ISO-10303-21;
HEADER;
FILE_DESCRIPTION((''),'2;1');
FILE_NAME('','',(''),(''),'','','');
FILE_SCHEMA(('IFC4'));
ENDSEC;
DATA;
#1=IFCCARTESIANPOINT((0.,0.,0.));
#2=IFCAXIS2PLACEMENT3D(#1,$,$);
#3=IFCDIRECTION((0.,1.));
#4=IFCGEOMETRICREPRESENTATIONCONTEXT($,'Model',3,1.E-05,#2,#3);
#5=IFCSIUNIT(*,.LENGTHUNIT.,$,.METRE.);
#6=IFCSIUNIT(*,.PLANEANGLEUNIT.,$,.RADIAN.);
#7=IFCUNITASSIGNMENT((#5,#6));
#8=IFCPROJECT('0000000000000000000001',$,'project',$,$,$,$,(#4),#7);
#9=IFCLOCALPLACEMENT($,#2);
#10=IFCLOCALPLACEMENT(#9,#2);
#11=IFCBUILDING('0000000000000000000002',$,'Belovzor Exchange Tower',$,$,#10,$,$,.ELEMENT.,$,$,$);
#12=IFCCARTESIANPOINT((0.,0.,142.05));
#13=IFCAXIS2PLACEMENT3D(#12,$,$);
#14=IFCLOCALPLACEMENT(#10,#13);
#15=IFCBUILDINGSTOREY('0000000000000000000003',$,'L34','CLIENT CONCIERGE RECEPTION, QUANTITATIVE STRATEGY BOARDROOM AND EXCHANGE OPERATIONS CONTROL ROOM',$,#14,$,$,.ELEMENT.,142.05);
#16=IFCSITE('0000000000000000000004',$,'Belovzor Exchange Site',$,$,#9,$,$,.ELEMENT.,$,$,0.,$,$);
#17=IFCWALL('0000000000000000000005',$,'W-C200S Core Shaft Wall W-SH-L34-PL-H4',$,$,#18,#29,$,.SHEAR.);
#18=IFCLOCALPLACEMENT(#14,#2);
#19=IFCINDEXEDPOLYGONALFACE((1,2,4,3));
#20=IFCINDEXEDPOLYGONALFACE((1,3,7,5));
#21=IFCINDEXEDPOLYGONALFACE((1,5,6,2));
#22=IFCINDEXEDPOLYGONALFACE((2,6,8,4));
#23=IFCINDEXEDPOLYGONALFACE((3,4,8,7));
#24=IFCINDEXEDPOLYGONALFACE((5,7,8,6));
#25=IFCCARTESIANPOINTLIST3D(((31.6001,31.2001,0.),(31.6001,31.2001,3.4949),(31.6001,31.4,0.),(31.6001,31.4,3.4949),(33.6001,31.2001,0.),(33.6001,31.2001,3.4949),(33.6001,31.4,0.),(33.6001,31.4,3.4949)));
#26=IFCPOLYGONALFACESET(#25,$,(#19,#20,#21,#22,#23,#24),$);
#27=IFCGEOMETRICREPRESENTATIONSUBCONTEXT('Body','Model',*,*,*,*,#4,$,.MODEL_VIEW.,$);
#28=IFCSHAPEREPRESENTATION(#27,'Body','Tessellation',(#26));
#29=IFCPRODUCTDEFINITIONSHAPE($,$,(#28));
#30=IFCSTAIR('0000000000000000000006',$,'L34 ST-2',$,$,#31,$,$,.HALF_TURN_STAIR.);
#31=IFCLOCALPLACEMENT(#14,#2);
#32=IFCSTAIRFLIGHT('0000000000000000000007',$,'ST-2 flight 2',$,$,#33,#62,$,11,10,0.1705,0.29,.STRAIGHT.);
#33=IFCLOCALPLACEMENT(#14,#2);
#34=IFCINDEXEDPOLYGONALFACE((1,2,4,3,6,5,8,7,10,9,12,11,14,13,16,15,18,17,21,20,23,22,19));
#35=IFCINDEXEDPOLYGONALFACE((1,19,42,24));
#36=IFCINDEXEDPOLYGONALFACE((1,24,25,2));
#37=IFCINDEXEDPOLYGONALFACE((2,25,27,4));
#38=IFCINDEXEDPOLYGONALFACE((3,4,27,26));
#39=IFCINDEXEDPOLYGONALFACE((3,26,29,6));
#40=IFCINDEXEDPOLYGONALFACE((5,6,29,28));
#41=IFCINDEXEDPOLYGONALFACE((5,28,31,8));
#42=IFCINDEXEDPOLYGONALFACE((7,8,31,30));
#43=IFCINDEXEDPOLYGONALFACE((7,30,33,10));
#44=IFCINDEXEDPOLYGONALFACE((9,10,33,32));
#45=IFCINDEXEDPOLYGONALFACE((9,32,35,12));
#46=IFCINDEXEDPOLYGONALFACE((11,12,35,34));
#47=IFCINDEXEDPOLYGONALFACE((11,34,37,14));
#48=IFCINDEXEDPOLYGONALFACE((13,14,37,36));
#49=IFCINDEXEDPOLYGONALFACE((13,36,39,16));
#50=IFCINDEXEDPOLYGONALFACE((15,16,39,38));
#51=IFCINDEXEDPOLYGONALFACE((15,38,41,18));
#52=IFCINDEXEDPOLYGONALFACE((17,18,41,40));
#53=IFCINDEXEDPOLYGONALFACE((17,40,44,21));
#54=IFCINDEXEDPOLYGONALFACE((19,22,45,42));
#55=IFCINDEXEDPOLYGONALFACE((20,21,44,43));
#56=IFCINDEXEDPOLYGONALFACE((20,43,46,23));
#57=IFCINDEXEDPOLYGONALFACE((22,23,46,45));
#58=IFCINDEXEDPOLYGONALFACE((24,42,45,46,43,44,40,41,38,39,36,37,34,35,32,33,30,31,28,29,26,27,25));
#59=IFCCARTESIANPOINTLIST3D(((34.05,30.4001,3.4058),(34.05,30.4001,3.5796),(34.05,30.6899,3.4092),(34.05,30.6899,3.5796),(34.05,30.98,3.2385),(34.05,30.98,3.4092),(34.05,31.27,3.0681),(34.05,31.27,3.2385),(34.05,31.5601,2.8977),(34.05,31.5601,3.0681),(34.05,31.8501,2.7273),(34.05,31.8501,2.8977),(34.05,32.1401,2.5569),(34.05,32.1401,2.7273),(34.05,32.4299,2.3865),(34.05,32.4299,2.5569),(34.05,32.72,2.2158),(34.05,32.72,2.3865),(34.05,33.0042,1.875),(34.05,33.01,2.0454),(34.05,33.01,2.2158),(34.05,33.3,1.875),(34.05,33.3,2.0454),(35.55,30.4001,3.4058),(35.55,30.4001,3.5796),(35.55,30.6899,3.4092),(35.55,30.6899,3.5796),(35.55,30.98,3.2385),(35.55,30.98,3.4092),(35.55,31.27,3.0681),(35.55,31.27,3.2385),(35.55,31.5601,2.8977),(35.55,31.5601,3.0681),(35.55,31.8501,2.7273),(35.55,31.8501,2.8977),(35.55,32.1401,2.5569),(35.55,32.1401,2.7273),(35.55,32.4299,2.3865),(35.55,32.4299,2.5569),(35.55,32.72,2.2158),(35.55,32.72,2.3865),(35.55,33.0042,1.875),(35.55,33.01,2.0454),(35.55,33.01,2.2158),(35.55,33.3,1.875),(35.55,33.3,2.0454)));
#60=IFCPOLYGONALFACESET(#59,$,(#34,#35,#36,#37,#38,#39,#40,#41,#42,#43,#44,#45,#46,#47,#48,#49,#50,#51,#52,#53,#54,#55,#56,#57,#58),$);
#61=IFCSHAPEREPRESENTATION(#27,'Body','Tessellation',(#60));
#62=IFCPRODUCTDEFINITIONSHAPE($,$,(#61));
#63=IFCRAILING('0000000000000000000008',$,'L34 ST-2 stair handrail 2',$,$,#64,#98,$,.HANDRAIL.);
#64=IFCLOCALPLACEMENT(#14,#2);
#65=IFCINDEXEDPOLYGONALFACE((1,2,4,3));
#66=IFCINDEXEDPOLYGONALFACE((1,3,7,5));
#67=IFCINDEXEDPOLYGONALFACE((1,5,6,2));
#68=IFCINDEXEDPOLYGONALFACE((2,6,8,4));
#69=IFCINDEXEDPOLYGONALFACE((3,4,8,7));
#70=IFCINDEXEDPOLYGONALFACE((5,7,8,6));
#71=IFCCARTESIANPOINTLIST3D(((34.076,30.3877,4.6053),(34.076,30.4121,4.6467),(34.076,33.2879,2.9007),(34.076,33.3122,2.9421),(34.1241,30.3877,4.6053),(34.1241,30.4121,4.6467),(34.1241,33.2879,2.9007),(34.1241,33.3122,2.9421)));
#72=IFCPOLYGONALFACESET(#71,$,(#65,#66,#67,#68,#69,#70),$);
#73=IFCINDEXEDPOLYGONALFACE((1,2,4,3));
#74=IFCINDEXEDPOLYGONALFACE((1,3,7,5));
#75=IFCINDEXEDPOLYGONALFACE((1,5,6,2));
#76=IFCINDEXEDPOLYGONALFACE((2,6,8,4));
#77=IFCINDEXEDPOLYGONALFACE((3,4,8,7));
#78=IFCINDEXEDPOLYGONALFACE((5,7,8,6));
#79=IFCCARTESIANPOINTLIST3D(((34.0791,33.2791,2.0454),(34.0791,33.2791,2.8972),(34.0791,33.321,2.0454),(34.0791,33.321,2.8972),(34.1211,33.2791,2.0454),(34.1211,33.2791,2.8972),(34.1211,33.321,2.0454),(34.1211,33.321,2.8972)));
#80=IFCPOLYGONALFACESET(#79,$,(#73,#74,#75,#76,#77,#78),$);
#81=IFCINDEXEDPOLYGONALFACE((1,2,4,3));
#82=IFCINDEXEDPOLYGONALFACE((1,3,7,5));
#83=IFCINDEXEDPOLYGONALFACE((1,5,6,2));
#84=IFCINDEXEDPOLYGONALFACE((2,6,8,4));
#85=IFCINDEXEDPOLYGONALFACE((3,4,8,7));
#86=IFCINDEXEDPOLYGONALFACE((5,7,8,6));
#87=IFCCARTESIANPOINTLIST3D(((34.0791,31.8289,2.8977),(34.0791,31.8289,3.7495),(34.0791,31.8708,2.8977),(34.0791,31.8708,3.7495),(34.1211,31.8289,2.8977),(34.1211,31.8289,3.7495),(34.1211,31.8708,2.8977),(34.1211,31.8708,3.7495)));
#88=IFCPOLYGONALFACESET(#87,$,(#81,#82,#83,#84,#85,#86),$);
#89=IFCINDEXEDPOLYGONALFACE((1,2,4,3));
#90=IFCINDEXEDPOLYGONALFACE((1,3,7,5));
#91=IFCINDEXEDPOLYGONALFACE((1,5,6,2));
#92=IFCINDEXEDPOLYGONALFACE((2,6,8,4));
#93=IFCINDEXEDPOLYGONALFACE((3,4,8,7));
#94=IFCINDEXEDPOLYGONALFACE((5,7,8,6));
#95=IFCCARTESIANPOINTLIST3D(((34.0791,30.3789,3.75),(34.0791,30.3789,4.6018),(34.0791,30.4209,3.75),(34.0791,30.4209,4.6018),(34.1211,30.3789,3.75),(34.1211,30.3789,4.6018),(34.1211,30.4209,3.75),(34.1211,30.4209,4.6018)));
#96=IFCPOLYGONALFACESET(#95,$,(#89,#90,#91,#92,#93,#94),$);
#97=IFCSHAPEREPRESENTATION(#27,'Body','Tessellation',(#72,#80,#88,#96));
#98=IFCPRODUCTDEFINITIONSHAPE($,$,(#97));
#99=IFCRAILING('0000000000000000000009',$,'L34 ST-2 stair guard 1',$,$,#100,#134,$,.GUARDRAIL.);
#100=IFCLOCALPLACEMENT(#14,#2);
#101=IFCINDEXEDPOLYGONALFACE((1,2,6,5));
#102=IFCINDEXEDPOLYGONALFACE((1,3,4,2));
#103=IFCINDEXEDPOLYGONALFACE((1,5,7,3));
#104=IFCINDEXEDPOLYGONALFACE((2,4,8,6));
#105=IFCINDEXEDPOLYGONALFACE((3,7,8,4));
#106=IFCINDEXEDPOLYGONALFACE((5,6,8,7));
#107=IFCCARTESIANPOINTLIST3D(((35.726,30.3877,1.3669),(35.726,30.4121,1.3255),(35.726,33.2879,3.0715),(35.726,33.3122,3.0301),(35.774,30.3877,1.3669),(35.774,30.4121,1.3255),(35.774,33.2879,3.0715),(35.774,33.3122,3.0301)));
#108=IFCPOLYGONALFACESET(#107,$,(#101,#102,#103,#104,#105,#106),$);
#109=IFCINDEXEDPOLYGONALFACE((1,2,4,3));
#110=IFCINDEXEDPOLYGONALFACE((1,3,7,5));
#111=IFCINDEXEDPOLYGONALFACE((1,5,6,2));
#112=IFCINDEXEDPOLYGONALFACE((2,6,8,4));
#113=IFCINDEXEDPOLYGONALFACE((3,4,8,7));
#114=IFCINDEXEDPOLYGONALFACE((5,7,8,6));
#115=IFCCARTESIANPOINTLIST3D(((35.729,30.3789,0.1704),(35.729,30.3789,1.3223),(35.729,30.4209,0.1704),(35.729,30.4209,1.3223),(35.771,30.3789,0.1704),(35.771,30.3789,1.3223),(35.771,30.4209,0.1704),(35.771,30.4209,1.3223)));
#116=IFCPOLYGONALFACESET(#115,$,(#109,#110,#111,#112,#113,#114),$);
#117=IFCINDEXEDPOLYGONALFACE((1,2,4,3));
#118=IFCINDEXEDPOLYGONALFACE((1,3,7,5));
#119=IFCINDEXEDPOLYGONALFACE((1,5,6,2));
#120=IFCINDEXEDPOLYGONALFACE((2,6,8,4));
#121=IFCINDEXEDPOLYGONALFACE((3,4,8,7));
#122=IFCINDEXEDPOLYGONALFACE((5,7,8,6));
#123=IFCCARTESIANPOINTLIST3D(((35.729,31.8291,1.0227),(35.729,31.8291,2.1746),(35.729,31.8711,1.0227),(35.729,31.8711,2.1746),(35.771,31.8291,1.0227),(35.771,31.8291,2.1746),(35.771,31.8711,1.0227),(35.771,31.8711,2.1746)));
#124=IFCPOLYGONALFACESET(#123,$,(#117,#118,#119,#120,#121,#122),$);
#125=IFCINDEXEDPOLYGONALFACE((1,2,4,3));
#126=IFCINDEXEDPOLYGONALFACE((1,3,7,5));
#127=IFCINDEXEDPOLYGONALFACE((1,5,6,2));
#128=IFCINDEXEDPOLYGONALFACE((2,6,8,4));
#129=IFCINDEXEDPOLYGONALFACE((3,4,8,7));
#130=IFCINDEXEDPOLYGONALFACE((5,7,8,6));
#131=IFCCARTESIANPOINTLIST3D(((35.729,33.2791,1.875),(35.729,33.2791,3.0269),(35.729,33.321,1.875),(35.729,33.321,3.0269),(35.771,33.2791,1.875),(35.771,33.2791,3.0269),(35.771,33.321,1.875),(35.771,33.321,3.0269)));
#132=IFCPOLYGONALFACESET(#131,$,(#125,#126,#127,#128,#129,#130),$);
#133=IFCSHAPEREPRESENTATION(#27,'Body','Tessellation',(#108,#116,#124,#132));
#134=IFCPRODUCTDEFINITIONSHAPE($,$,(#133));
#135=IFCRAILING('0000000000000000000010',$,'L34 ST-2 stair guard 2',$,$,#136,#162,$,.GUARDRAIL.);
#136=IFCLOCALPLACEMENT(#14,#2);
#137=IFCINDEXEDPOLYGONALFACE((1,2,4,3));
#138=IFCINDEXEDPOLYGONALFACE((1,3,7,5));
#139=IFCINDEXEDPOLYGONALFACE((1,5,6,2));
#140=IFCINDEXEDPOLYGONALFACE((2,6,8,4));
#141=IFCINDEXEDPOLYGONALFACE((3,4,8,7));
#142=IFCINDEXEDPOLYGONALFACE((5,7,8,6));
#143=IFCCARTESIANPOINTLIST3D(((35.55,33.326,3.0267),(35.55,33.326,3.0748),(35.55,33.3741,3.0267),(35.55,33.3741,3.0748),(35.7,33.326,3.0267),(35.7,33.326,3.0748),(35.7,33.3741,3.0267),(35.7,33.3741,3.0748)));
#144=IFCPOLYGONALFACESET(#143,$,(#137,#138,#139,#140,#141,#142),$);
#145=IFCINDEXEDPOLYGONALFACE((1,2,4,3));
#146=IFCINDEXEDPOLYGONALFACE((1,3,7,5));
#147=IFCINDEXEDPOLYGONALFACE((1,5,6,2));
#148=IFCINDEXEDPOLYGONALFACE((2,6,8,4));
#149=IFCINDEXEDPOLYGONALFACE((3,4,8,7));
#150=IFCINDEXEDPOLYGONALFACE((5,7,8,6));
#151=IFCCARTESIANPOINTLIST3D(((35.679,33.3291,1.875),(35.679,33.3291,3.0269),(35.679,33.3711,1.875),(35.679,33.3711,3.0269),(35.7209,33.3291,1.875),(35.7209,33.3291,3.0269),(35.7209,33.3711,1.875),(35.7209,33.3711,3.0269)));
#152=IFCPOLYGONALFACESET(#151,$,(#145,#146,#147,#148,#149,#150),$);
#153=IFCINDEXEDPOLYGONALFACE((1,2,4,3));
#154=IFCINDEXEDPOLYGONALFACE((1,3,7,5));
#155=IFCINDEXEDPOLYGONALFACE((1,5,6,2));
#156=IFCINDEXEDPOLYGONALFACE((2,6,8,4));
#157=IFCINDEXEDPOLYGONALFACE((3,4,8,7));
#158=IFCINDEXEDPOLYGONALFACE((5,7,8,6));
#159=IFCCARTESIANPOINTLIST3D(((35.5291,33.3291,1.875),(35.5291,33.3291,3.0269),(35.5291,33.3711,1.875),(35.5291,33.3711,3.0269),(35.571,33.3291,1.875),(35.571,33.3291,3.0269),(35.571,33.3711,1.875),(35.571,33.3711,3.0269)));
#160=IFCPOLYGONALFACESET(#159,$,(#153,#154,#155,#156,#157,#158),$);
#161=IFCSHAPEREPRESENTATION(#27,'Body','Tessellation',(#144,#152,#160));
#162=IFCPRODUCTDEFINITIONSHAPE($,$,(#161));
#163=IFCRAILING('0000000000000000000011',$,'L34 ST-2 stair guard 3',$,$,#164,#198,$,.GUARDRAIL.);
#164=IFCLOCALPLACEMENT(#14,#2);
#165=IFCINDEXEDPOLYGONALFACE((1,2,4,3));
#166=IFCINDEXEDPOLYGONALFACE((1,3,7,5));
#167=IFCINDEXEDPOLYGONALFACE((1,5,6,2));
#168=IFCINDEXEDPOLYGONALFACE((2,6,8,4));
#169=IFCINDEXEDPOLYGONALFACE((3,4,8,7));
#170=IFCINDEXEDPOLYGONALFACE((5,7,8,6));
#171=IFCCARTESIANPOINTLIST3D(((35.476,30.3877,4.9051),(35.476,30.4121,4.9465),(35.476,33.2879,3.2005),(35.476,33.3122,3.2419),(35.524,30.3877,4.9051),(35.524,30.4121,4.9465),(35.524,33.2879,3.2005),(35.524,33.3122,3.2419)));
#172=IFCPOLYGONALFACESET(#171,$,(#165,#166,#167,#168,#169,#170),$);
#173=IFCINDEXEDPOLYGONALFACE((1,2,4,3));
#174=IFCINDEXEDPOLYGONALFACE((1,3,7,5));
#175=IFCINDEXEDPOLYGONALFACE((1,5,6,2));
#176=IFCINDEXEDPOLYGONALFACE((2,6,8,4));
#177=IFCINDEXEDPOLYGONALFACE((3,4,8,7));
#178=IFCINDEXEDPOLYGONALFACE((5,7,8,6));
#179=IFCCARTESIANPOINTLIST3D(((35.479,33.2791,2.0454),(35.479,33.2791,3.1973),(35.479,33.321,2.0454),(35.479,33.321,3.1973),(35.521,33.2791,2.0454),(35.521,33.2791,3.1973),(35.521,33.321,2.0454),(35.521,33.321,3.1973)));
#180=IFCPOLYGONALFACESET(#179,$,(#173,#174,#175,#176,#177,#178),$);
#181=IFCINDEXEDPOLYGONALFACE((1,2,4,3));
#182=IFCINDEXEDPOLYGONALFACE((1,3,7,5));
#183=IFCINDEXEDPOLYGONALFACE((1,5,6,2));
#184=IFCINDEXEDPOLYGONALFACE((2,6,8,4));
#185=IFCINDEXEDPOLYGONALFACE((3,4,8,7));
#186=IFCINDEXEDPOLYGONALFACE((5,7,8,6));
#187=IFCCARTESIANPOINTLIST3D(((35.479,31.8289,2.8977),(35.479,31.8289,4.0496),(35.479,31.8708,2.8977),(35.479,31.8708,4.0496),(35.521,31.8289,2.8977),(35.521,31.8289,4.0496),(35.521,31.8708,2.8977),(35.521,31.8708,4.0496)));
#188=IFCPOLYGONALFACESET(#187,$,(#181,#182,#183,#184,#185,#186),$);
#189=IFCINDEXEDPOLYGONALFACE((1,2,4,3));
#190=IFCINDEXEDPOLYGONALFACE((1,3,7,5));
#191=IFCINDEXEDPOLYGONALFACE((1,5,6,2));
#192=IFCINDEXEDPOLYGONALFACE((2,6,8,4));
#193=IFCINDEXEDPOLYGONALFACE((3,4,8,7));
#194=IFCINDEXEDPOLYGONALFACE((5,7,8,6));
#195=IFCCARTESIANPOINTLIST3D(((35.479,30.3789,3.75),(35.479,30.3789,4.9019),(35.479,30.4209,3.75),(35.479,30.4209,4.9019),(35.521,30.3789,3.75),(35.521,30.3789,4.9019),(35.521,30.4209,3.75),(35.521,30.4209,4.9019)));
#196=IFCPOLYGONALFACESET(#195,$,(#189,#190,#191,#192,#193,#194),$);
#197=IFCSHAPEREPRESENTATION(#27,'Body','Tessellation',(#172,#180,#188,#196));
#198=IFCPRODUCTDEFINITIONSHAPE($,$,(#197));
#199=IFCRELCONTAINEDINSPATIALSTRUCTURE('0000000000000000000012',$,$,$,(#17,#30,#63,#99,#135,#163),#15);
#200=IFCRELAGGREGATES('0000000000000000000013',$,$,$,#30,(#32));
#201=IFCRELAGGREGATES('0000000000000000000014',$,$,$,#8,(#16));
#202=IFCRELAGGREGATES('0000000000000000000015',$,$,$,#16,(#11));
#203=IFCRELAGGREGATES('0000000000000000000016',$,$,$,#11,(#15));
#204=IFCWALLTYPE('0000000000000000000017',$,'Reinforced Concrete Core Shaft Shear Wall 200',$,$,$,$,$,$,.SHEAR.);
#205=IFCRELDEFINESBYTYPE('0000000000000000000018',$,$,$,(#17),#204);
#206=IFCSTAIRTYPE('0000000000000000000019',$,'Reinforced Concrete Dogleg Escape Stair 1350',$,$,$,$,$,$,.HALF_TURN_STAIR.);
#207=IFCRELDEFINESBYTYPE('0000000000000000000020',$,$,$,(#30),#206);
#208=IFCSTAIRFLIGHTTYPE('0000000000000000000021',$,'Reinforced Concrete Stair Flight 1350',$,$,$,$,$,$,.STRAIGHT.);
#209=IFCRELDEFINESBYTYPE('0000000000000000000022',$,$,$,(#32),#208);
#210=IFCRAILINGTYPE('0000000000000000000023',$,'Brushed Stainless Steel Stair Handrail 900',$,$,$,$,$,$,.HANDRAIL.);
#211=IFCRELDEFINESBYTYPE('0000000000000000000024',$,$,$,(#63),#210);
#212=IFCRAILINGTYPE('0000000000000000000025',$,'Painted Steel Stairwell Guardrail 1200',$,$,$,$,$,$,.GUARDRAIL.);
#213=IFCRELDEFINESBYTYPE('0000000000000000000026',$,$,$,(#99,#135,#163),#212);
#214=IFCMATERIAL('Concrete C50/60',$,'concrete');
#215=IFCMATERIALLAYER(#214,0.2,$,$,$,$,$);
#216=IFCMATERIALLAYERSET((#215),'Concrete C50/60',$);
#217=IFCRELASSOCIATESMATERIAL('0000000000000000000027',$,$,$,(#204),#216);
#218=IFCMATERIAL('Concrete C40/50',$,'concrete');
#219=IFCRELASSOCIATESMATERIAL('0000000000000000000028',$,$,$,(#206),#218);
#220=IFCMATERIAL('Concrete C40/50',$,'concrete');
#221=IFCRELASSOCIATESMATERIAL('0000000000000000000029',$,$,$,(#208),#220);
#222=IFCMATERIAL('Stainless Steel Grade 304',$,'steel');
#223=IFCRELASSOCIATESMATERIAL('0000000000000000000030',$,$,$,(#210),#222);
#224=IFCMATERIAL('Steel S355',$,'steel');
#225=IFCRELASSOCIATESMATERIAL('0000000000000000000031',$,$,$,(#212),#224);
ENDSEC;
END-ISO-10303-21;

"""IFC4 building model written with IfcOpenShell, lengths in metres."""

from ifc_helpers import new_model, si_unit, direction, frame, frame_2d, origin, origin_2d, place, context, subcontext, project, spatial, polyline, rectangle, outline, extrude, material, layer, layer_set, type_object, element, aggregate, save


model = new_model("IFC4")

# Units and contexts
model_context = context("Model", 3, precision=1e-05, world=origin(), true_north=direction((0.0, 1.0)))
body_context = subcontext(model_context, "Body", "Model", "MODEL_VIEW")
ifc_project = project(units=[si_unit("LENGTHUNIT", "METRE"), si_unit("PLANEANGLEUNIT", "RADIAN")], contexts=[model_context])

# Site, building, storey
site_placement = place(None, origin())
site = spatial("IfcSite", under=ifc_project, at=site_placement, Name="Belovzor Exchange Site", CompositionType="ELEMENT", RefElevation=0.0)
building_placement = place(site_placement, origin())
building = spatial("IfcBuilding", under=site, at=building_placement, Name="Belovzor Exchange Tower", CompositionType="ELEMENT")
storey_placement = place(building_placement, frame((0.0, 0.0, 142.05)))
storey = spatial("IfcBuildingStorey", under=building, at=storey_placement, Name="L34", Description="CLIENT CONCIERGE RECEPTION, QUANTITATIVE STRATEGY BOARDROOM AND EXCHANGE OPERATIONS CONTROL ROOM", CompositionType="ELEMENT", Elevation=142.05)

# Wall
ifc_material_1 = material(Name="Concrete C50/60", Category="concrete")
ifc_layer_1 = layer(ifc_material_1, 0.2)
ifc_layer_set_1 = layer_set([ifc_layer_1], Name="Concrete C50/60")
wall_type_1 = type_object("IfcWallType", Name="Reinforced Concrete Core Shaft Shear Wall 200", PredefinedType="SHEAR", material=ifc_layer_set_1)
for number, where, z_axis, x_axis, name in (
    (1, (31.6001, 31.3, 0.0), (0.0, 0.0, 1.0), (1.0, 0.0, 0.0), "W-C200S Core Shaft Wall W-SH-L34-PL-H4"),
):
    element("IfcWall", number, at=place(storey_placement, frame(where, z_axis=z_axis, x_axis=x_axis)), inside=storey, type_object=wall_type_1, Name=name, PredefinedType="SHEAR", context=body_context, shape_type="SweptSolid", body=[
        extrude(rectangle(XDim=2.0, YDim=0.2, at=frame_2d((1.0, 0.0))), origin(), (0.0, 0.0, 1.0), 3.4949),
    ])

# Stair, stair flight
ifc_material_2 = material(Name="Concrete C40/50", Category="concrete")
stair_type = type_object("IfcStairType", Name="Reinforced Concrete Dogleg Escape Stair 1350", PredefinedType="HALF_TURN_STAIR", material=ifc_material_2)
stair_placement = place(storey_placement, origin())
stair = element("IfcStair", 2, at=stair_placement, inside=storey, type_object=stair_type, Name="L34 ST-2", PredefinedType="HALF_TURN_STAIR")
ifc_material_3 = material(Name="Concrete C40/50", Category="concrete")
stair_flight_type = type_object("IfcStairFlightType", Name="Reinforced Concrete Stair Flight 1350", PredefinedType="STRAIGHT", material=ifc_material_3)
stair_flight_placement = place(storey_placement, frame((34.8, 33.3, 1.875), z_axis=(0.0, 0.0, 1.0), x_axis=(0.0, -1.0, 0.0)))
stair_flight = element("IfcStairFlight", 3, at=stair_flight_placement, type_object=stair_flight_type, Name="ST-2 flight 2", NumberOfRisers=11, NumberOfTreads=10, PredefinedType="STRAIGHT", RiserHeight=0.1705, TreadLength=0.29, context=body_context, shape_type="SweptSolid", body=[
    extrude(outline(polyline([(0.0, 0.0), (0.0, 0.1704), (0.29, 0.1704), (0.29, 0.3408), (0.5801, 0.3408), (0.5801, 0.5115), (0.8701, 0.5115), (0.8701, 0.6819), (1.1599, 0.6819), (1.1599, 0.8523), (1.45, 0.8523), (1.45, 1.0227), (1.74, 1.0227), (1.74, 1.1931), (2.03, 1.1931), (2.03, 1.3635), (2.3201, 1.3635), (2.3201, 1.5342), (2.6101, 1.5342), (2.6101, 1.7046), (2.8999, 1.7046), (2.8999, 1.875), (2.8999, 1.5308), (0.2959, 0.0), (0.0, 0.0)])), frame((0.0, 0.75, 0.0), z_axis=(0.0, -1.0, 0.0), x_axis=(1.0, 0.0, 0.0)), (0.0, 0.0, 1.0), 1.5),
])
aggregate(stair, [stair_flight])

# Railings
ifc_material_4 = material(Name="Stainless Steel Grade 304", Category="steel")
railing_type_1 = type_object("IfcRailingType", Name="Brushed Stainless Steel Stair Handrail 900", PredefinedType="HANDRAIL", material=ifc_material_4)
railing_1_placement = place(storey_placement, frame((34.1001, 33.3, 2.0454)))
element("IfcRailing", 4, at=railing_1_placement, inside=storey, type_object=railing_type_1, Name="L34 ST-2 stair handrail 2", PredefinedType="HANDRAIL", context=body_context, shape_type="SweptSolid", body=[
    extrude(rectangle(XDim=0.0481, YDim=0.0481, at=origin_2d()), frame((0.0, 0.0, 0.876), z_axis=(0.0, -0.862113, 0.506716), x_axis=(1.0, 0.0, 0.0)), (0.0, 0.0, 1.0), 3.364),
    extrude(rectangle(XDim=0.042, YDim=0.042, at=origin_2d()), origin(), (0.0, 0.0, 1.0), 0.8518),
    extrude(rectangle(XDim=0.042, YDim=0.042, at=origin_2d()), frame((0.0, -1.4502, 0.8523)), (0.0, 0.0, 1.0), 0.8518),
    extrude(rectangle(XDim=0.042, YDim=0.042, at=origin_2d()), frame((0.0, -2.9001, 1.7046)), (0.0, 0.0, 1.0), 0.8518),
])
ifc_material_5 = material(Name="Steel S355", Category="steel")
railing_type_2 = type_object("IfcRailingType", Name="Painted Steel Stairwell Guardrail 1200", PredefinedType="GUARDRAIL", material=ifc_material_5)
railing_2_placement = place(storey_placement, frame((35.75, 30.3999, 0.1704)))
element("IfcRailing", 5, at=railing_2_placement, inside=storey, type_object=railing_type_2, Name="L34 ST-2 stair guard 1", PredefinedType="GUARDRAIL", context=body_context, shape_type="SweptSolid", body=[
    extrude(rectangle(XDim=0.0481, YDim=0.0481, at=origin_2d()), frame((0.0, 0.0, 1.1758), z_axis=(0.0, 0.862113, 0.506716), x_axis=(-1.0, 0.0, 0.0)), (0.0, 0.0, 1.0), 3.364),
    extrude(rectangle(XDim=0.042, YDim=0.042, at=origin_2d()), origin(), (0.0, 0.0, 1.0), 1.1519),
    extrude(rectangle(XDim=0.042, YDim=0.042, at=origin_2d()), frame((0.0, 1.4502, 0.8523)), (0.0, 0.0, 1.0), 1.1519),
    extrude(rectangle(XDim=0.042, YDim=0.042, at=origin_2d()), frame((0.0, 2.9001, 1.7046)), (0.0, 0.0, 1.0), 1.1519),
])
railing_3_placement = place(storey_placement, frame((35.7, 33.3501, 1.875)))
element("IfcRailing", 6, at=railing_3_placement, inside=storey, type_object=railing_type_2, Name="L34 ST-2 stair guard 2", PredefinedType="GUARDRAIL", context=body_context, shape_type="SweptSolid", body=[
    extrude(rectangle(XDim=0.0481, YDim=0.0481, at=origin_2d()), frame((0.0, 0.0, 1.1758), z_axis=(-1.0, 0.0, 0.0), x_axis=(0.0, -1.0, 0.0)), (0.0, 0.0, 1.0), 0.1499),
    extrude(rectangle(XDim=0.042, YDim=0.042, at=origin_2d()), origin(), (0.0, 0.0, 1.0), 1.1519),
    extrude(rectangle(XDim=0.042, YDim=0.042, at=origin_2d()), frame((-0.1499, 0.0, 0.0)), (0.0, 0.0, 1.0), 1.1519),
])
railing_4_placement = place(storey_placement, frame((35.5, 33.3, 2.0454)))
element("IfcRailing", 7, at=railing_4_placement, inside=storey, type_object=railing_type_2, Name="L34 ST-2 stair guard 3", PredefinedType="GUARDRAIL", context=body_context, shape_type="SweptSolid", body=[
    extrude(rectangle(XDim=0.0481, YDim=0.0481, at=origin_2d()), frame((0.0, 0.0, 1.1758), z_axis=(0.0, -0.862113, 0.506716), x_axis=(1.0, 0.0, 0.0)), (0.0, 0.0, 1.0), 3.364),
    extrude(rectangle(XDim=0.042, YDim=0.042, at=origin_2d()), origin(), (0.0, 0.0, 1.0), 1.1519),
    extrude(rectangle(XDim=0.042, YDim=0.042, at=origin_2d()), frame((0.0, -1.4502, 0.8523)), (0.0, 0.0, 1.0), 1.1519),
    extrude(rectangle(XDim=0.042, YDim=0.042, at=origin_2d()), frame((0.0, -2.9001, 1.7046)), (0.0, 0.0, 1.0), 1.1519),
])

save(model, "model.ifc")
